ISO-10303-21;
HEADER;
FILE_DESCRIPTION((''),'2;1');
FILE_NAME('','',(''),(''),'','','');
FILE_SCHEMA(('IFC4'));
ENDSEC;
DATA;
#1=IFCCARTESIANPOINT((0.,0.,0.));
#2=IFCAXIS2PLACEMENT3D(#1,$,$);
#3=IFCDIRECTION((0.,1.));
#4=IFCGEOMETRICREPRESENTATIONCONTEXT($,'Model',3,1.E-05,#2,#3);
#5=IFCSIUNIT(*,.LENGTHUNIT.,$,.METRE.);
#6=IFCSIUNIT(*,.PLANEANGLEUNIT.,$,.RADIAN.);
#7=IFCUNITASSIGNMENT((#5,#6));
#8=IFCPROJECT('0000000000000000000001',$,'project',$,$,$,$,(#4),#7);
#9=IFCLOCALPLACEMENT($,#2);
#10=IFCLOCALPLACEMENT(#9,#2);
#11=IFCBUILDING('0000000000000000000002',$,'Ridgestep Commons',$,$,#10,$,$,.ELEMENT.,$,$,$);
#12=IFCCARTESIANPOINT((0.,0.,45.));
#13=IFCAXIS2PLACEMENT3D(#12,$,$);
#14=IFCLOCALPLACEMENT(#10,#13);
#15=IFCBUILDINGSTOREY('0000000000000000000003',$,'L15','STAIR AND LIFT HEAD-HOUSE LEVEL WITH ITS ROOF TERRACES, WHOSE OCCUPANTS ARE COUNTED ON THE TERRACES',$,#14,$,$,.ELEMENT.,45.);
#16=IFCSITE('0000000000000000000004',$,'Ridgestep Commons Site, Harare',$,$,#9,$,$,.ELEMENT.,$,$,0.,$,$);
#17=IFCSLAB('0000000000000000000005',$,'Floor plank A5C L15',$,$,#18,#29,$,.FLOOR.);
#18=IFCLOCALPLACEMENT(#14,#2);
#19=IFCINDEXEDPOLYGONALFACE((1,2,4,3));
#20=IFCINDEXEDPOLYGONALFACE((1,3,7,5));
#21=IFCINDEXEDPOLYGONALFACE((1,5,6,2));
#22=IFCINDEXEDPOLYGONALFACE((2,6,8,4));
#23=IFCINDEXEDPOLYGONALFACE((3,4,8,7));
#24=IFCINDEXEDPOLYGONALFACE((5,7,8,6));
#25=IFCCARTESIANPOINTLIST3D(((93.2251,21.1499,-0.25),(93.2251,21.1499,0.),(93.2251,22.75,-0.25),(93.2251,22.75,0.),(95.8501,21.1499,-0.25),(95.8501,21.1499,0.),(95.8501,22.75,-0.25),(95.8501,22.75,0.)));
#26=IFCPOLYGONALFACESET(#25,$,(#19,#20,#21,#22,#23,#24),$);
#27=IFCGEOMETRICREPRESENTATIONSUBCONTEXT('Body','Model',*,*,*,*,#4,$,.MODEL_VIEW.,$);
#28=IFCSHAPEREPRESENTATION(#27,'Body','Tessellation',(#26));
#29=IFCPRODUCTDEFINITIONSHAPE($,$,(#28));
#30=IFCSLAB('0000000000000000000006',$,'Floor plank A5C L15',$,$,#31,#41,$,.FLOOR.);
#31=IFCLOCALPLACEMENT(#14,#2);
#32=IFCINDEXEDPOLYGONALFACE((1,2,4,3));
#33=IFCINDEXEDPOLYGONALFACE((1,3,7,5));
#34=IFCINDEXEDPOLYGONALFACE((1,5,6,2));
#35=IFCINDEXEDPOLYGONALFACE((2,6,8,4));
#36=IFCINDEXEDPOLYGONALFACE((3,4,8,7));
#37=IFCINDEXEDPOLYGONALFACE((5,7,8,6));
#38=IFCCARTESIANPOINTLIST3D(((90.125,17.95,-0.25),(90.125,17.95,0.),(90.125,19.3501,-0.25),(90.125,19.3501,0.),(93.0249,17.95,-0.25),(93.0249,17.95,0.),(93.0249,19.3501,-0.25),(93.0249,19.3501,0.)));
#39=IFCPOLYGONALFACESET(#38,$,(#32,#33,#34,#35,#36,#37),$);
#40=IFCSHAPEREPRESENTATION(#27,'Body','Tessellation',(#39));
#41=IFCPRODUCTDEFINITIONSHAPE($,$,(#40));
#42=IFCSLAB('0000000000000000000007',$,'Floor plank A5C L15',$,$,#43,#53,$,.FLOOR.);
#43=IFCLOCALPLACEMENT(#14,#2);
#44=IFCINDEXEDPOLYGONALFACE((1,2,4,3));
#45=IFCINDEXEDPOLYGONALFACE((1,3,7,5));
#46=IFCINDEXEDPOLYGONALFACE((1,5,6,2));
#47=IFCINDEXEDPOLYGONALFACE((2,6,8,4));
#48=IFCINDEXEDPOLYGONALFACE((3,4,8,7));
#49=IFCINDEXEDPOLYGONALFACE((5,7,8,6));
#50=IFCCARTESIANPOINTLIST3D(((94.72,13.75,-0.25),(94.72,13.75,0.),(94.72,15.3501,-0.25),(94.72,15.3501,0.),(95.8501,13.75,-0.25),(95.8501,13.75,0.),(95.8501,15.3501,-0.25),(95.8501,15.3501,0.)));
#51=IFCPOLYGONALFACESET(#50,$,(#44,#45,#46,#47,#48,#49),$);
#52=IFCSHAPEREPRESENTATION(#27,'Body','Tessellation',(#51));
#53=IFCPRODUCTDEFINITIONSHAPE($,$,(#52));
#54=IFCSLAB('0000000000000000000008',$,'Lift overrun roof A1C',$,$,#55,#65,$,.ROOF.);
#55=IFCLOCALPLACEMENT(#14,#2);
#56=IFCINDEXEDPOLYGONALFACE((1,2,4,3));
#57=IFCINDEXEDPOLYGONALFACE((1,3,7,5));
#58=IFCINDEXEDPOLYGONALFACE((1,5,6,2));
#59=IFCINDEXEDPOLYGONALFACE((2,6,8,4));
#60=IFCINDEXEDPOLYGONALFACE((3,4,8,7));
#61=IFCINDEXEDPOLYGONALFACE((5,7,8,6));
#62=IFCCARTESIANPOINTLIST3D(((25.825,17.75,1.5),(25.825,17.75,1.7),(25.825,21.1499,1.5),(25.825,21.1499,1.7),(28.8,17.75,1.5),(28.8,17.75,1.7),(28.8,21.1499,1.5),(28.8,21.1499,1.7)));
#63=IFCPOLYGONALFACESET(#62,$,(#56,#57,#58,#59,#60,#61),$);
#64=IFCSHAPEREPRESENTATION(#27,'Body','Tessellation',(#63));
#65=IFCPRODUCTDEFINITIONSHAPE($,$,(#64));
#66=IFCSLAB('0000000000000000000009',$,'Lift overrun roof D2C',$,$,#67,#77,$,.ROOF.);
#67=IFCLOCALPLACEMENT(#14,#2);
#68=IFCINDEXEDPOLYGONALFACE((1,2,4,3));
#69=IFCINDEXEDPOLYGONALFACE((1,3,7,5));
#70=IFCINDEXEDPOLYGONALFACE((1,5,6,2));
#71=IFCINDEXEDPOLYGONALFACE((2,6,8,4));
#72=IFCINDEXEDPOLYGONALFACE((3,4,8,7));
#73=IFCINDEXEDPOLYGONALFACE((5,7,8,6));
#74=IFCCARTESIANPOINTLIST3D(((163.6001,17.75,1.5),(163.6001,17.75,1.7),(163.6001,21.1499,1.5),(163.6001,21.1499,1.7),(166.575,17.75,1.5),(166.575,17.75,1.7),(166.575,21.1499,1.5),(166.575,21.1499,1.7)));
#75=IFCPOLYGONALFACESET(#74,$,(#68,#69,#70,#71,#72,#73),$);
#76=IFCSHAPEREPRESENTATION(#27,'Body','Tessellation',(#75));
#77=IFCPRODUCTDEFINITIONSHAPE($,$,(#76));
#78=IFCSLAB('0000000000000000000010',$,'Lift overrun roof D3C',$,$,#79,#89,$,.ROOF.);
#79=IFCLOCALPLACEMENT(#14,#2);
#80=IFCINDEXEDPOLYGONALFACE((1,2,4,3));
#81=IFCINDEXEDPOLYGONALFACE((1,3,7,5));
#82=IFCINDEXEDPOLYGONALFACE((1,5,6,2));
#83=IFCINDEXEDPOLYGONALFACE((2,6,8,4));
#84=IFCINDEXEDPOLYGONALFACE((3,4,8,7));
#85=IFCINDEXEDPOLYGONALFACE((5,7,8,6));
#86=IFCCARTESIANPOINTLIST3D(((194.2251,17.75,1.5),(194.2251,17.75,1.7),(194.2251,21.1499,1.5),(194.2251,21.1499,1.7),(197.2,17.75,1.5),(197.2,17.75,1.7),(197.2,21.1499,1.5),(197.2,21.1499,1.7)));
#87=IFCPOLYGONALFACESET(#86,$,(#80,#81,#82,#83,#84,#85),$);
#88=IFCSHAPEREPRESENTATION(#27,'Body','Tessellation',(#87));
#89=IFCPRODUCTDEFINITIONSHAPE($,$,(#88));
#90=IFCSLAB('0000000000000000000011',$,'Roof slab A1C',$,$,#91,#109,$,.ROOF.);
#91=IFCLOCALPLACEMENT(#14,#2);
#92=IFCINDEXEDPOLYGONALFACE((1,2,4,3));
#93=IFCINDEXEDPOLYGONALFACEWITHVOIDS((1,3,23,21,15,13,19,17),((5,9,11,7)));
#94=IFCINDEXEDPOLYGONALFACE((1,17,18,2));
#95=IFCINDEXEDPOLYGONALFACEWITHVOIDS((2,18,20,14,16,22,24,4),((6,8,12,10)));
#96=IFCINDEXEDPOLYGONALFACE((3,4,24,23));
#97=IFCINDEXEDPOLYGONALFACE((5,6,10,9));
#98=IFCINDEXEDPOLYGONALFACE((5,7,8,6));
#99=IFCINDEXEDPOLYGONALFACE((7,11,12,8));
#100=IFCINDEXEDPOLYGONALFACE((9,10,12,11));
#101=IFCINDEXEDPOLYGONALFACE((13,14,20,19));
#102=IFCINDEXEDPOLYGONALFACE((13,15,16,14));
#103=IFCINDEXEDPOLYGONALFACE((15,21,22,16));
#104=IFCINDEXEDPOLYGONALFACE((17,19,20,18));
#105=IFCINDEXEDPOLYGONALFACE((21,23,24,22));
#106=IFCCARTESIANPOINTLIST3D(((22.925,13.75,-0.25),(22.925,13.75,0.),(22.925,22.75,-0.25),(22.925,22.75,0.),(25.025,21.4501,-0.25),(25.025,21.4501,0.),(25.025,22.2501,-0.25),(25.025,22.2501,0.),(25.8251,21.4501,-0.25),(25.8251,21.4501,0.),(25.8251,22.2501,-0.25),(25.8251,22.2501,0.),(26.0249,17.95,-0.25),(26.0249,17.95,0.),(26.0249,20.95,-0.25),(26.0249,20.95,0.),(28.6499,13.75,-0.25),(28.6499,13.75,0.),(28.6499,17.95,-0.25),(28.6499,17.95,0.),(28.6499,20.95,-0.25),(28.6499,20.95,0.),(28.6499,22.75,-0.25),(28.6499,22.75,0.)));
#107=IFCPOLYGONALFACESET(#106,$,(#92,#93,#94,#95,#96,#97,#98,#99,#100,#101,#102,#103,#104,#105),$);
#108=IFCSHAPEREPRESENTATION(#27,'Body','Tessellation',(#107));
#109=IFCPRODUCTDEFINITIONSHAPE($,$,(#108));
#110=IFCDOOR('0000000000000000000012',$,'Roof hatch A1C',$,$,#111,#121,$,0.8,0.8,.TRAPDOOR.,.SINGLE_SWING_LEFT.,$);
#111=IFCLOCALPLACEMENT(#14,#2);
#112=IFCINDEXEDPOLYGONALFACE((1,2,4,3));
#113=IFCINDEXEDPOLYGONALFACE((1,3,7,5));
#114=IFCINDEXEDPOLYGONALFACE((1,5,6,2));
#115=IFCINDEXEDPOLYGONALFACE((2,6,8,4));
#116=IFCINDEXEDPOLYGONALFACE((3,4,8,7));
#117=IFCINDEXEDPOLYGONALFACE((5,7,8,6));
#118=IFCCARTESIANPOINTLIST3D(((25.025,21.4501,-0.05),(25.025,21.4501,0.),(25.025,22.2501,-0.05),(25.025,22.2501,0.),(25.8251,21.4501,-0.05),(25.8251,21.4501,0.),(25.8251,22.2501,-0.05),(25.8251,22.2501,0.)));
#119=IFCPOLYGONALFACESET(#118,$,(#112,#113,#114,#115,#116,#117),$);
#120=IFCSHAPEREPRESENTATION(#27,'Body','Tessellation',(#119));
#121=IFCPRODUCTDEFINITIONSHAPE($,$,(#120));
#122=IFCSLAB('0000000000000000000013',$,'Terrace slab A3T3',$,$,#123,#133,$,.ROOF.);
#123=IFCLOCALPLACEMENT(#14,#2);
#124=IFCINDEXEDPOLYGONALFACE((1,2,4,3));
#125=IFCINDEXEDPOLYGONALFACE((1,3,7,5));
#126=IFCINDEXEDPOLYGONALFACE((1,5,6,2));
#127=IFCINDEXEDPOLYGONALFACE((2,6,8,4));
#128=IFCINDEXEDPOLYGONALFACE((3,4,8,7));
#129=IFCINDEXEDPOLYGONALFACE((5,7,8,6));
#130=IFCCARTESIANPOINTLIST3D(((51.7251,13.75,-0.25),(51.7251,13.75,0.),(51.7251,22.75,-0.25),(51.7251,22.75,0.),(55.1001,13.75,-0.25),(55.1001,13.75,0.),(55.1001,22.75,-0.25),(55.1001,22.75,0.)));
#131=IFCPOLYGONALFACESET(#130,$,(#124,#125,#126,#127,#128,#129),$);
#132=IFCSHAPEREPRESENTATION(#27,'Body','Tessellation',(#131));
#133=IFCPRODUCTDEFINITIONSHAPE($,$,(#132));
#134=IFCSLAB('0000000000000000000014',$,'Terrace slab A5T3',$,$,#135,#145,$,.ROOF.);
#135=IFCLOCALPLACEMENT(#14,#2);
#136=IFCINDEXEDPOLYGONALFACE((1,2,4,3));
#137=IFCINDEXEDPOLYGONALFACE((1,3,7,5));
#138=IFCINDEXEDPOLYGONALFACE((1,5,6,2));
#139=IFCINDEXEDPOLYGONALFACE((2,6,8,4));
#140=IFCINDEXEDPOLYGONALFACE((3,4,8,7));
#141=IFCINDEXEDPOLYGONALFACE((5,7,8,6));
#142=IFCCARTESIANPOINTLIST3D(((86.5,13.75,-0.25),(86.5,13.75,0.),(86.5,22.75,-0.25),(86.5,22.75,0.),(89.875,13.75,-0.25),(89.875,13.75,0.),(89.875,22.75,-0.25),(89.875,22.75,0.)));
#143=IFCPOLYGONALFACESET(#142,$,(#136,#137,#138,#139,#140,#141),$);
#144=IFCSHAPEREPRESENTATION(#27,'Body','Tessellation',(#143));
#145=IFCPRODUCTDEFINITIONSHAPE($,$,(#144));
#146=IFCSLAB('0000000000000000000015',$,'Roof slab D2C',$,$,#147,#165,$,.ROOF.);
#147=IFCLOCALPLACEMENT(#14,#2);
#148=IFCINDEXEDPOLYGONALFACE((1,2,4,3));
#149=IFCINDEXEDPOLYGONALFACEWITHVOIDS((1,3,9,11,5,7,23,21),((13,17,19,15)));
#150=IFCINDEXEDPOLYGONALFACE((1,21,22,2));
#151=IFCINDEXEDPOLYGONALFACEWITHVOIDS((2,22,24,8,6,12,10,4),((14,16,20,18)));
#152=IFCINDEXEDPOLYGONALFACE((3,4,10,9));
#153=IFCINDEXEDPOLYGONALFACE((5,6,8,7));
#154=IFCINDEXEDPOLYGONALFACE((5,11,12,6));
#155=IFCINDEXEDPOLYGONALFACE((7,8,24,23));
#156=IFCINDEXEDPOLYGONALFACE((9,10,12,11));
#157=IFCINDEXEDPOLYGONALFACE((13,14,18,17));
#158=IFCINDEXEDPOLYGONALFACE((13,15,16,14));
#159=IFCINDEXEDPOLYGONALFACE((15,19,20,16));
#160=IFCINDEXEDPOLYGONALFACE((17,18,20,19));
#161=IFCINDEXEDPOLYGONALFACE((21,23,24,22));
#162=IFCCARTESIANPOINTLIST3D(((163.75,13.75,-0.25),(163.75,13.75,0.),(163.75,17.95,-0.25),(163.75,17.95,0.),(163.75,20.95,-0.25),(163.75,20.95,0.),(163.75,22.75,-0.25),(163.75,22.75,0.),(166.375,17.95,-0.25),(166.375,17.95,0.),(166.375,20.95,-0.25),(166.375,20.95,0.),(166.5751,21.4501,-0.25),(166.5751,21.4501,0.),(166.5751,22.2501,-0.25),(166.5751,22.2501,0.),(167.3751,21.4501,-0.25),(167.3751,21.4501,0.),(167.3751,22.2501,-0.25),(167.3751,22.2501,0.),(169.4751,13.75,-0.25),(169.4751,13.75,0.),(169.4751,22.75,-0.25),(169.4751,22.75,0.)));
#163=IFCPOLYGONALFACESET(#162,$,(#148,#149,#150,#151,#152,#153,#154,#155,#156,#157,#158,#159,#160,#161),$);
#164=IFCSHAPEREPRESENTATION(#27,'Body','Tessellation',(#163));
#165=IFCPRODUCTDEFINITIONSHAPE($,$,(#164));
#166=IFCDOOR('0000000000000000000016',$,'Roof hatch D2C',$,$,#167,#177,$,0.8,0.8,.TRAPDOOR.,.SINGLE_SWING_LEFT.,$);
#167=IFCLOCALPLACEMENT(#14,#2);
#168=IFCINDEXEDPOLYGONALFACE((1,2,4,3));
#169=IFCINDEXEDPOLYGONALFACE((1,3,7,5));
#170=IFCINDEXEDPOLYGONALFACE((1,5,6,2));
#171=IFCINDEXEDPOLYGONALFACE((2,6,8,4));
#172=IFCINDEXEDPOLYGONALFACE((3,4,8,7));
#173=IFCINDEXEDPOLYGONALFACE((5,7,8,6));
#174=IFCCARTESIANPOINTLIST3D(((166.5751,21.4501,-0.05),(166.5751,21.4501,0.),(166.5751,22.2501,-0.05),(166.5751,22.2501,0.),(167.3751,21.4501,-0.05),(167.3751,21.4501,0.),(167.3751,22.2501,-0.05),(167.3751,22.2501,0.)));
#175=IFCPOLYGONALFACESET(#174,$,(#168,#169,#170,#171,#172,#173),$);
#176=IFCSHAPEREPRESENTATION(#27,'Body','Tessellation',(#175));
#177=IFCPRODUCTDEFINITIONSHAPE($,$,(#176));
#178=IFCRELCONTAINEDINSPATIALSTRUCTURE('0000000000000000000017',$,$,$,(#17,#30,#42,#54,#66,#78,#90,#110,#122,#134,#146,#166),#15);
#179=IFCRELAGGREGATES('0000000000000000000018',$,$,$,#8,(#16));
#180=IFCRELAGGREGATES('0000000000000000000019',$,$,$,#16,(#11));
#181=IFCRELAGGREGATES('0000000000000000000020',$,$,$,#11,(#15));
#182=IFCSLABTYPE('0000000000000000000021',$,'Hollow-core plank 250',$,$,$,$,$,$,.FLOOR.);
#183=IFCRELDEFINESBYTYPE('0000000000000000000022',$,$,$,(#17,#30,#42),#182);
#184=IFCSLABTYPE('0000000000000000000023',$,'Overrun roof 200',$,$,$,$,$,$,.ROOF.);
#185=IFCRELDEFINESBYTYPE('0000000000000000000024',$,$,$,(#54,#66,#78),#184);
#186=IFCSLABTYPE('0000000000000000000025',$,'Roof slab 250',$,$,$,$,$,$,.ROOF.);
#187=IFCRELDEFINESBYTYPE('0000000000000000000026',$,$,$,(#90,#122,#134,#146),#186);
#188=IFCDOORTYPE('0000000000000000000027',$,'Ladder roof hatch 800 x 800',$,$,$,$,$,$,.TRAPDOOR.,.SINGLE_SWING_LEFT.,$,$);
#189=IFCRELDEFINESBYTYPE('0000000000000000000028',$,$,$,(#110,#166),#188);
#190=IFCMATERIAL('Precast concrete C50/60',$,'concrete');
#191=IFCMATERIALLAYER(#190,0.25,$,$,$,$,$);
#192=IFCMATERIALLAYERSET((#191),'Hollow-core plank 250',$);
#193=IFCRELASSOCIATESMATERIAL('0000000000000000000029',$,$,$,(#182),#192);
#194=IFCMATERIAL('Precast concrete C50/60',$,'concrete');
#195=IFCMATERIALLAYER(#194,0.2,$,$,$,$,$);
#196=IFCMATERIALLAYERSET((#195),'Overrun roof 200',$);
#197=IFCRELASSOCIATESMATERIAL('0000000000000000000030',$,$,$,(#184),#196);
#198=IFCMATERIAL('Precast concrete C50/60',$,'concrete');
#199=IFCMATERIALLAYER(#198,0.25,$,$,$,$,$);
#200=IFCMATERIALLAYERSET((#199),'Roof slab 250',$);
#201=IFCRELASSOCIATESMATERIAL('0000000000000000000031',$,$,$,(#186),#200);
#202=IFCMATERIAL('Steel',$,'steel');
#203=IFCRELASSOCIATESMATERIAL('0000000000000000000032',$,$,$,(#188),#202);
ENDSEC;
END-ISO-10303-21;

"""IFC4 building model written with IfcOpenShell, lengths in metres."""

from ifc_helpers import new_model, si_unit, direction, frame, origin, origin_2d, place, context, subcontext, project, spatial, polyline, rectangle, outline, extrude, material, layer, layer_set, type_object, element, fill, save


model = new_model("IFC4")

# Units and contexts
model_context = context("Model", 3, precision=1e-05, world=origin(), true_north=direction((0.0, 1.0)))
body_context = subcontext(model_context, "Body", "Model", "MODEL_VIEW")
ifc_project = project(units=[si_unit("LENGTHUNIT", "METRE"), si_unit("PLANEANGLEUNIT", "RADIAN")], contexts=[model_context])

# Site, building, storey
site_placement = place(None, origin())
site = spatial("IfcSite", under=ifc_project, at=site_placement, Name="Ridgestep Commons Site, Harare", CompositionType="ELEMENT", RefElevation=0.0)
building_placement = place(site_placement, origin())
building = spatial("IfcBuilding", under=site, at=building_placement, Name="Ridgestep Commons", CompositionType="ELEMENT")
storey_placement = place(building_placement, frame((0.0, 0.0, 45.0)))
storey = spatial("IfcBuildingStorey", under=building, at=storey_placement, Name="L15", Description="STAIR AND LIFT HEAD-HOUSE LEVEL WITH ITS ROOF TERRACES, WHOSE OCCUPANTS ARE COUNTED ON THE TERRACES", CompositionType="ELEMENT", Elevation=45.0)

# Slabs
ifc_material_1 = material(Name="Precast concrete C50/60", Category="concrete")
ifc_layer_1 = layer(ifc_material_1, 0.25)
ifc_layer_set_1 = layer_set([ifc_layer_1], Name="Hollow-core plank 250")
slab_type_1 = type_object("IfcSlabType", Name="Hollow-core plank 250", PredefinedType="FLOOR", material=ifc_layer_set_1)
slab_1_placement = place(storey_placement, frame((0.0, 0.0, -0.25)))
element("IfcSlab", 1, at=slab_1_placement, inside=storey, type_object=slab_type_1, Name="Floor plank A5C L15", PredefinedType="FLOOR", context=body_context, shape_type="SweptSolid", body=[
    extrude(outline(polyline([(95.8501, 21.1499), (95.8501, 22.75), (93.2251, 22.75), (93.2251, 21.1499), (95.8501, 21.1499)])), origin(), (0.0, 0.0, 1.0), 0.25),
])
slab_2_placement = place(storey_placement, frame((0.0, 0.0, -0.25)))
element("IfcSlab", 2, at=slab_2_placement, inside=storey, type_object=slab_type_1, Name="Floor plank A5C L15", PredefinedType="FLOOR", context=body_context, shape_type="SweptSolid", body=[
    extrude(outline(polyline([(93.0249, 17.95), (93.0249, 19.3501), (90.125, 19.3501), (90.125, 17.95), (93.0249, 17.95)])), origin(), (0.0, 0.0, 1.0), 0.25),
])
slab_3_placement = place(storey_placement, frame((0.0, 0.0, -0.25)))
element("IfcSlab", 3, at=slab_3_placement, inside=storey, type_object=slab_type_1, Name="Floor plank A5C L15", PredefinedType="FLOOR", context=body_context, shape_type="SweptSolid", body=[
    extrude(outline(polyline([(94.72, 13.75), (95.8501, 13.75), (95.8501, 15.3501), (94.72, 15.3501), (94.72, 13.75)])), origin(), (0.0, 0.0, 1.0), 0.25),
])
ifc_material_2 = material(Name="Precast concrete C50/60", Category="concrete")
ifc_layer_2 = layer(ifc_material_2, 0.2)
ifc_layer_set_2 = layer_set([ifc_layer_2], Name="Overrun roof 200")
slab_type_2 = type_object("IfcSlabType", Name="Overrun roof 200", PredefinedType="ROOF", material=ifc_layer_set_2)
slab_4_placement = place(storey_placement, frame((0.0, 0.0, 1.5)))
element("IfcSlab", 4, at=slab_4_placement, inside=storey, type_object=slab_type_2, Name="Lift overrun roof A1C", PredefinedType="ROOF", context=body_context, shape_type="SweptSolid", body=[
    extrude(outline(polyline([(28.8, 17.75), (28.8, 21.1499), (25.825, 21.1499), (25.825, 17.75), (28.8, 17.75)])), origin(), (0.0, 0.0, 1.0), 0.2),
])
slab_5_placement = place(storey_placement, frame((0.0, 0.0, 1.5)))
element("IfcSlab", 5, at=slab_5_placement, inside=storey, type_object=slab_type_2, Name="Lift overrun roof D2C", PredefinedType="ROOF", context=body_context, shape_type="SweptSolid", body=[
    extrude(outline(polyline([(166.575, 17.75), (166.575, 21.1499), (163.6001, 21.1499), (163.6001, 17.75), (166.575, 17.75)])), origin(), (0.0, 0.0, 1.0), 0.2),
])
slab_6_placement = place(storey_placement, frame((0.0, 0.0, 1.5)))
element("IfcSlab", 6, at=slab_6_placement, inside=storey, type_object=slab_type_2, Name="Lift overrun roof D3C", PredefinedType="ROOF", context=body_context, shape_type="SweptSolid", body=[
    extrude(outline(polyline([(197.2, 17.75), (197.2, 21.1499), (194.2251, 21.1499), (194.2251, 17.75), (197.2, 17.75)])), origin(), (0.0, 0.0, 1.0), 0.2),
])

# Slab, opening, door
ifc_material_3 = material(Name="Precast concrete C50/60", Category="concrete")
ifc_layer_3 = layer(ifc_material_3, 0.25)
ifc_layer_set_3 = layer_set([ifc_layer_3], Name="Roof slab 250")
slab_type_3 = type_object("IfcSlabType", Name="Roof slab 250", PredefinedType="ROOF", material=ifc_layer_set_3)
slab_7_placement = place(storey_placement, frame((0.0, 0.0, -0.25)))
slab_7 = element("IfcSlab", 7, at=slab_7_placement, inside=storey, type_object=slab_type_3, Name="Roof slab A1C", PredefinedType="ROOF", context=body_context, shape_type="SweptSolid", body=[
    extrude(outline(polyline([(28.6499, 13.75), (28.6499, 17.95), (26.0249, 17.95), (26.0249, 20.95), (28.6499, 20.95), (28.6499, 22.75), (22.925, 22.75), (22.925, 13.75), (28.6499, 13.75)])), origin(), (0.0, 0.0, 1.0), 0.25),
])
opening_1_placement = place(slab_7_placement, frame((25.425, 21.8501, 0.0)))
opening_1 = element("IfcOpeningElement", 8, at=opening_1_placement, cuts=slab_7, PredefinedType="OPENING", context=body_context, shape_type="SweptSolid", body=[
    extrude(rectangle(XDim=0.8, YDim=0.8, at=origin_2d()), origin(), (0.0, 0.0, 1.0), 0.25),
])
ifc_material_4 = material(Name="Steel", Category="steel")
door_type = type_object("IfcDoorType", Name="Ladder roof hatch 800 x 800", OperationType="SINGLE_SWING_LEFT", PredefinedType="TRAPDOOR", material=ifc_material_4)
door_1_placement = place(opening_1_placement, frame((0.0, 0.0, 0.2)))
door_1 = element("IfcDoor", 9, at=door_1_placement, inside=storey, type_object=door_type, Name="Roof hatch A1C", OperationType="SINGLE_SWING_LEFT", OverallHeight=0.8, OverallWidth=0.8, PredefinedType="TRAPDOOR", context=body_context, shape_type="SweptSolid", body=[
    extrude(rectangle(XDim=0.8, YDim=0.8, at=origin_2d()), origin(), (0.0, 0.0, 1.0), 0.05),
])
fill(opening_1, door_1)

# Slabs
slab_8_placement = place(storey_placement, frame((0.0, 0.0, -0.25)))
element("IfcSlab", 10, at=slab_8_placement, inside=storey, type_object=slab_type_3, Name="Terrace slab A3T3", PredefinedType="ROOF", context=body_context, shape_type="SweptSolid", body=[
    extrude(outline(polyline([(55.1001, 13.75), (55.1001, 22.75), (51.7251, 22.75), (51.7251, 13.75), (55.1001, 13.75)])), origin(), (0.0, 0.0, 1.0), 0.25),
])
slab_9_placement = place(storey_placement, frame((0.0, 0.0, -0.25)))
element("IfcSlab", 11, at=slab_9_placement, inside=storey, type_object=slab_type_3, Name="Terrace slab A5T3", PredefinedType="ROOF", context=body_context, shape_type="SweptSolid", body=[
    extrude(outline(polyline([(89.875, 13.75), (89.875, 22.75), (86.5, 22.75), (86.5, 13.75), (89.875, 13.75)])), origin(), (0.0, 0.0, 1.0), 0.25),
])

# Slab, opening, door
slab_10_placement = place(storey_placement, frame((0.0, 0.0, -0.25)))
slab_10 = element("IfcSlab", 12, at=slab_10_placement, inside=storey, type_object=slab_type_3, Name="Roof slab D2C", PredefinedType="ROOF", context=body_context, shape_type="SweptSolid", body=[
    extrude(outline(polyline([(163.75, 22.75), (163.75, 20.95), (166.375, 20.95), (166.375, 17.95), (163.75, 17.95), (163.75, 13.75), (169.4751, 13.75), (169.4751, 22.75), (163.75, 22.75)])), origin(), (0.0, 0.0, 1.0), 0.25),
])
opening_2_placement = place(slab_10_placement, frame((166.9751, 21.8501, 0.0)))
opening_2 = element("IfcOpeningElement", 13, at=opening_2_placement, cuts=slab_10, PredefinedType="OPENING", context=body_context, shape_type="SweptSolid", body=[
    extrude(rectangle(XDim=0.8, YDim=0.8, at=origin_2d()), origin(), (0.0, 0.0, 1.0), 0.25),
])
door_2_placement = place(opening_2_placement, frame((0.0, 0.0, 0.2)))
door_2 = element("IfcDoor", 14, at=door_2_placement, inside=storey, type_object=door_type, Name="Roof hatch D2C", OperationType="SINGLE_SWING_LEFT", OverallHeight=0.8, OverallWidth=0.8, PredefinedType="TRAPDOOR", context=body_context, shape_type="SweptSolid", body=[
    extrude(rectangle(XDim=0.8, YDim=0.8, at=origin_2d()), origin(), (0.0, 0.0, 1.0), 0.05),
])
fill(opening_2, door_2)

save(model, "model.ifc")
